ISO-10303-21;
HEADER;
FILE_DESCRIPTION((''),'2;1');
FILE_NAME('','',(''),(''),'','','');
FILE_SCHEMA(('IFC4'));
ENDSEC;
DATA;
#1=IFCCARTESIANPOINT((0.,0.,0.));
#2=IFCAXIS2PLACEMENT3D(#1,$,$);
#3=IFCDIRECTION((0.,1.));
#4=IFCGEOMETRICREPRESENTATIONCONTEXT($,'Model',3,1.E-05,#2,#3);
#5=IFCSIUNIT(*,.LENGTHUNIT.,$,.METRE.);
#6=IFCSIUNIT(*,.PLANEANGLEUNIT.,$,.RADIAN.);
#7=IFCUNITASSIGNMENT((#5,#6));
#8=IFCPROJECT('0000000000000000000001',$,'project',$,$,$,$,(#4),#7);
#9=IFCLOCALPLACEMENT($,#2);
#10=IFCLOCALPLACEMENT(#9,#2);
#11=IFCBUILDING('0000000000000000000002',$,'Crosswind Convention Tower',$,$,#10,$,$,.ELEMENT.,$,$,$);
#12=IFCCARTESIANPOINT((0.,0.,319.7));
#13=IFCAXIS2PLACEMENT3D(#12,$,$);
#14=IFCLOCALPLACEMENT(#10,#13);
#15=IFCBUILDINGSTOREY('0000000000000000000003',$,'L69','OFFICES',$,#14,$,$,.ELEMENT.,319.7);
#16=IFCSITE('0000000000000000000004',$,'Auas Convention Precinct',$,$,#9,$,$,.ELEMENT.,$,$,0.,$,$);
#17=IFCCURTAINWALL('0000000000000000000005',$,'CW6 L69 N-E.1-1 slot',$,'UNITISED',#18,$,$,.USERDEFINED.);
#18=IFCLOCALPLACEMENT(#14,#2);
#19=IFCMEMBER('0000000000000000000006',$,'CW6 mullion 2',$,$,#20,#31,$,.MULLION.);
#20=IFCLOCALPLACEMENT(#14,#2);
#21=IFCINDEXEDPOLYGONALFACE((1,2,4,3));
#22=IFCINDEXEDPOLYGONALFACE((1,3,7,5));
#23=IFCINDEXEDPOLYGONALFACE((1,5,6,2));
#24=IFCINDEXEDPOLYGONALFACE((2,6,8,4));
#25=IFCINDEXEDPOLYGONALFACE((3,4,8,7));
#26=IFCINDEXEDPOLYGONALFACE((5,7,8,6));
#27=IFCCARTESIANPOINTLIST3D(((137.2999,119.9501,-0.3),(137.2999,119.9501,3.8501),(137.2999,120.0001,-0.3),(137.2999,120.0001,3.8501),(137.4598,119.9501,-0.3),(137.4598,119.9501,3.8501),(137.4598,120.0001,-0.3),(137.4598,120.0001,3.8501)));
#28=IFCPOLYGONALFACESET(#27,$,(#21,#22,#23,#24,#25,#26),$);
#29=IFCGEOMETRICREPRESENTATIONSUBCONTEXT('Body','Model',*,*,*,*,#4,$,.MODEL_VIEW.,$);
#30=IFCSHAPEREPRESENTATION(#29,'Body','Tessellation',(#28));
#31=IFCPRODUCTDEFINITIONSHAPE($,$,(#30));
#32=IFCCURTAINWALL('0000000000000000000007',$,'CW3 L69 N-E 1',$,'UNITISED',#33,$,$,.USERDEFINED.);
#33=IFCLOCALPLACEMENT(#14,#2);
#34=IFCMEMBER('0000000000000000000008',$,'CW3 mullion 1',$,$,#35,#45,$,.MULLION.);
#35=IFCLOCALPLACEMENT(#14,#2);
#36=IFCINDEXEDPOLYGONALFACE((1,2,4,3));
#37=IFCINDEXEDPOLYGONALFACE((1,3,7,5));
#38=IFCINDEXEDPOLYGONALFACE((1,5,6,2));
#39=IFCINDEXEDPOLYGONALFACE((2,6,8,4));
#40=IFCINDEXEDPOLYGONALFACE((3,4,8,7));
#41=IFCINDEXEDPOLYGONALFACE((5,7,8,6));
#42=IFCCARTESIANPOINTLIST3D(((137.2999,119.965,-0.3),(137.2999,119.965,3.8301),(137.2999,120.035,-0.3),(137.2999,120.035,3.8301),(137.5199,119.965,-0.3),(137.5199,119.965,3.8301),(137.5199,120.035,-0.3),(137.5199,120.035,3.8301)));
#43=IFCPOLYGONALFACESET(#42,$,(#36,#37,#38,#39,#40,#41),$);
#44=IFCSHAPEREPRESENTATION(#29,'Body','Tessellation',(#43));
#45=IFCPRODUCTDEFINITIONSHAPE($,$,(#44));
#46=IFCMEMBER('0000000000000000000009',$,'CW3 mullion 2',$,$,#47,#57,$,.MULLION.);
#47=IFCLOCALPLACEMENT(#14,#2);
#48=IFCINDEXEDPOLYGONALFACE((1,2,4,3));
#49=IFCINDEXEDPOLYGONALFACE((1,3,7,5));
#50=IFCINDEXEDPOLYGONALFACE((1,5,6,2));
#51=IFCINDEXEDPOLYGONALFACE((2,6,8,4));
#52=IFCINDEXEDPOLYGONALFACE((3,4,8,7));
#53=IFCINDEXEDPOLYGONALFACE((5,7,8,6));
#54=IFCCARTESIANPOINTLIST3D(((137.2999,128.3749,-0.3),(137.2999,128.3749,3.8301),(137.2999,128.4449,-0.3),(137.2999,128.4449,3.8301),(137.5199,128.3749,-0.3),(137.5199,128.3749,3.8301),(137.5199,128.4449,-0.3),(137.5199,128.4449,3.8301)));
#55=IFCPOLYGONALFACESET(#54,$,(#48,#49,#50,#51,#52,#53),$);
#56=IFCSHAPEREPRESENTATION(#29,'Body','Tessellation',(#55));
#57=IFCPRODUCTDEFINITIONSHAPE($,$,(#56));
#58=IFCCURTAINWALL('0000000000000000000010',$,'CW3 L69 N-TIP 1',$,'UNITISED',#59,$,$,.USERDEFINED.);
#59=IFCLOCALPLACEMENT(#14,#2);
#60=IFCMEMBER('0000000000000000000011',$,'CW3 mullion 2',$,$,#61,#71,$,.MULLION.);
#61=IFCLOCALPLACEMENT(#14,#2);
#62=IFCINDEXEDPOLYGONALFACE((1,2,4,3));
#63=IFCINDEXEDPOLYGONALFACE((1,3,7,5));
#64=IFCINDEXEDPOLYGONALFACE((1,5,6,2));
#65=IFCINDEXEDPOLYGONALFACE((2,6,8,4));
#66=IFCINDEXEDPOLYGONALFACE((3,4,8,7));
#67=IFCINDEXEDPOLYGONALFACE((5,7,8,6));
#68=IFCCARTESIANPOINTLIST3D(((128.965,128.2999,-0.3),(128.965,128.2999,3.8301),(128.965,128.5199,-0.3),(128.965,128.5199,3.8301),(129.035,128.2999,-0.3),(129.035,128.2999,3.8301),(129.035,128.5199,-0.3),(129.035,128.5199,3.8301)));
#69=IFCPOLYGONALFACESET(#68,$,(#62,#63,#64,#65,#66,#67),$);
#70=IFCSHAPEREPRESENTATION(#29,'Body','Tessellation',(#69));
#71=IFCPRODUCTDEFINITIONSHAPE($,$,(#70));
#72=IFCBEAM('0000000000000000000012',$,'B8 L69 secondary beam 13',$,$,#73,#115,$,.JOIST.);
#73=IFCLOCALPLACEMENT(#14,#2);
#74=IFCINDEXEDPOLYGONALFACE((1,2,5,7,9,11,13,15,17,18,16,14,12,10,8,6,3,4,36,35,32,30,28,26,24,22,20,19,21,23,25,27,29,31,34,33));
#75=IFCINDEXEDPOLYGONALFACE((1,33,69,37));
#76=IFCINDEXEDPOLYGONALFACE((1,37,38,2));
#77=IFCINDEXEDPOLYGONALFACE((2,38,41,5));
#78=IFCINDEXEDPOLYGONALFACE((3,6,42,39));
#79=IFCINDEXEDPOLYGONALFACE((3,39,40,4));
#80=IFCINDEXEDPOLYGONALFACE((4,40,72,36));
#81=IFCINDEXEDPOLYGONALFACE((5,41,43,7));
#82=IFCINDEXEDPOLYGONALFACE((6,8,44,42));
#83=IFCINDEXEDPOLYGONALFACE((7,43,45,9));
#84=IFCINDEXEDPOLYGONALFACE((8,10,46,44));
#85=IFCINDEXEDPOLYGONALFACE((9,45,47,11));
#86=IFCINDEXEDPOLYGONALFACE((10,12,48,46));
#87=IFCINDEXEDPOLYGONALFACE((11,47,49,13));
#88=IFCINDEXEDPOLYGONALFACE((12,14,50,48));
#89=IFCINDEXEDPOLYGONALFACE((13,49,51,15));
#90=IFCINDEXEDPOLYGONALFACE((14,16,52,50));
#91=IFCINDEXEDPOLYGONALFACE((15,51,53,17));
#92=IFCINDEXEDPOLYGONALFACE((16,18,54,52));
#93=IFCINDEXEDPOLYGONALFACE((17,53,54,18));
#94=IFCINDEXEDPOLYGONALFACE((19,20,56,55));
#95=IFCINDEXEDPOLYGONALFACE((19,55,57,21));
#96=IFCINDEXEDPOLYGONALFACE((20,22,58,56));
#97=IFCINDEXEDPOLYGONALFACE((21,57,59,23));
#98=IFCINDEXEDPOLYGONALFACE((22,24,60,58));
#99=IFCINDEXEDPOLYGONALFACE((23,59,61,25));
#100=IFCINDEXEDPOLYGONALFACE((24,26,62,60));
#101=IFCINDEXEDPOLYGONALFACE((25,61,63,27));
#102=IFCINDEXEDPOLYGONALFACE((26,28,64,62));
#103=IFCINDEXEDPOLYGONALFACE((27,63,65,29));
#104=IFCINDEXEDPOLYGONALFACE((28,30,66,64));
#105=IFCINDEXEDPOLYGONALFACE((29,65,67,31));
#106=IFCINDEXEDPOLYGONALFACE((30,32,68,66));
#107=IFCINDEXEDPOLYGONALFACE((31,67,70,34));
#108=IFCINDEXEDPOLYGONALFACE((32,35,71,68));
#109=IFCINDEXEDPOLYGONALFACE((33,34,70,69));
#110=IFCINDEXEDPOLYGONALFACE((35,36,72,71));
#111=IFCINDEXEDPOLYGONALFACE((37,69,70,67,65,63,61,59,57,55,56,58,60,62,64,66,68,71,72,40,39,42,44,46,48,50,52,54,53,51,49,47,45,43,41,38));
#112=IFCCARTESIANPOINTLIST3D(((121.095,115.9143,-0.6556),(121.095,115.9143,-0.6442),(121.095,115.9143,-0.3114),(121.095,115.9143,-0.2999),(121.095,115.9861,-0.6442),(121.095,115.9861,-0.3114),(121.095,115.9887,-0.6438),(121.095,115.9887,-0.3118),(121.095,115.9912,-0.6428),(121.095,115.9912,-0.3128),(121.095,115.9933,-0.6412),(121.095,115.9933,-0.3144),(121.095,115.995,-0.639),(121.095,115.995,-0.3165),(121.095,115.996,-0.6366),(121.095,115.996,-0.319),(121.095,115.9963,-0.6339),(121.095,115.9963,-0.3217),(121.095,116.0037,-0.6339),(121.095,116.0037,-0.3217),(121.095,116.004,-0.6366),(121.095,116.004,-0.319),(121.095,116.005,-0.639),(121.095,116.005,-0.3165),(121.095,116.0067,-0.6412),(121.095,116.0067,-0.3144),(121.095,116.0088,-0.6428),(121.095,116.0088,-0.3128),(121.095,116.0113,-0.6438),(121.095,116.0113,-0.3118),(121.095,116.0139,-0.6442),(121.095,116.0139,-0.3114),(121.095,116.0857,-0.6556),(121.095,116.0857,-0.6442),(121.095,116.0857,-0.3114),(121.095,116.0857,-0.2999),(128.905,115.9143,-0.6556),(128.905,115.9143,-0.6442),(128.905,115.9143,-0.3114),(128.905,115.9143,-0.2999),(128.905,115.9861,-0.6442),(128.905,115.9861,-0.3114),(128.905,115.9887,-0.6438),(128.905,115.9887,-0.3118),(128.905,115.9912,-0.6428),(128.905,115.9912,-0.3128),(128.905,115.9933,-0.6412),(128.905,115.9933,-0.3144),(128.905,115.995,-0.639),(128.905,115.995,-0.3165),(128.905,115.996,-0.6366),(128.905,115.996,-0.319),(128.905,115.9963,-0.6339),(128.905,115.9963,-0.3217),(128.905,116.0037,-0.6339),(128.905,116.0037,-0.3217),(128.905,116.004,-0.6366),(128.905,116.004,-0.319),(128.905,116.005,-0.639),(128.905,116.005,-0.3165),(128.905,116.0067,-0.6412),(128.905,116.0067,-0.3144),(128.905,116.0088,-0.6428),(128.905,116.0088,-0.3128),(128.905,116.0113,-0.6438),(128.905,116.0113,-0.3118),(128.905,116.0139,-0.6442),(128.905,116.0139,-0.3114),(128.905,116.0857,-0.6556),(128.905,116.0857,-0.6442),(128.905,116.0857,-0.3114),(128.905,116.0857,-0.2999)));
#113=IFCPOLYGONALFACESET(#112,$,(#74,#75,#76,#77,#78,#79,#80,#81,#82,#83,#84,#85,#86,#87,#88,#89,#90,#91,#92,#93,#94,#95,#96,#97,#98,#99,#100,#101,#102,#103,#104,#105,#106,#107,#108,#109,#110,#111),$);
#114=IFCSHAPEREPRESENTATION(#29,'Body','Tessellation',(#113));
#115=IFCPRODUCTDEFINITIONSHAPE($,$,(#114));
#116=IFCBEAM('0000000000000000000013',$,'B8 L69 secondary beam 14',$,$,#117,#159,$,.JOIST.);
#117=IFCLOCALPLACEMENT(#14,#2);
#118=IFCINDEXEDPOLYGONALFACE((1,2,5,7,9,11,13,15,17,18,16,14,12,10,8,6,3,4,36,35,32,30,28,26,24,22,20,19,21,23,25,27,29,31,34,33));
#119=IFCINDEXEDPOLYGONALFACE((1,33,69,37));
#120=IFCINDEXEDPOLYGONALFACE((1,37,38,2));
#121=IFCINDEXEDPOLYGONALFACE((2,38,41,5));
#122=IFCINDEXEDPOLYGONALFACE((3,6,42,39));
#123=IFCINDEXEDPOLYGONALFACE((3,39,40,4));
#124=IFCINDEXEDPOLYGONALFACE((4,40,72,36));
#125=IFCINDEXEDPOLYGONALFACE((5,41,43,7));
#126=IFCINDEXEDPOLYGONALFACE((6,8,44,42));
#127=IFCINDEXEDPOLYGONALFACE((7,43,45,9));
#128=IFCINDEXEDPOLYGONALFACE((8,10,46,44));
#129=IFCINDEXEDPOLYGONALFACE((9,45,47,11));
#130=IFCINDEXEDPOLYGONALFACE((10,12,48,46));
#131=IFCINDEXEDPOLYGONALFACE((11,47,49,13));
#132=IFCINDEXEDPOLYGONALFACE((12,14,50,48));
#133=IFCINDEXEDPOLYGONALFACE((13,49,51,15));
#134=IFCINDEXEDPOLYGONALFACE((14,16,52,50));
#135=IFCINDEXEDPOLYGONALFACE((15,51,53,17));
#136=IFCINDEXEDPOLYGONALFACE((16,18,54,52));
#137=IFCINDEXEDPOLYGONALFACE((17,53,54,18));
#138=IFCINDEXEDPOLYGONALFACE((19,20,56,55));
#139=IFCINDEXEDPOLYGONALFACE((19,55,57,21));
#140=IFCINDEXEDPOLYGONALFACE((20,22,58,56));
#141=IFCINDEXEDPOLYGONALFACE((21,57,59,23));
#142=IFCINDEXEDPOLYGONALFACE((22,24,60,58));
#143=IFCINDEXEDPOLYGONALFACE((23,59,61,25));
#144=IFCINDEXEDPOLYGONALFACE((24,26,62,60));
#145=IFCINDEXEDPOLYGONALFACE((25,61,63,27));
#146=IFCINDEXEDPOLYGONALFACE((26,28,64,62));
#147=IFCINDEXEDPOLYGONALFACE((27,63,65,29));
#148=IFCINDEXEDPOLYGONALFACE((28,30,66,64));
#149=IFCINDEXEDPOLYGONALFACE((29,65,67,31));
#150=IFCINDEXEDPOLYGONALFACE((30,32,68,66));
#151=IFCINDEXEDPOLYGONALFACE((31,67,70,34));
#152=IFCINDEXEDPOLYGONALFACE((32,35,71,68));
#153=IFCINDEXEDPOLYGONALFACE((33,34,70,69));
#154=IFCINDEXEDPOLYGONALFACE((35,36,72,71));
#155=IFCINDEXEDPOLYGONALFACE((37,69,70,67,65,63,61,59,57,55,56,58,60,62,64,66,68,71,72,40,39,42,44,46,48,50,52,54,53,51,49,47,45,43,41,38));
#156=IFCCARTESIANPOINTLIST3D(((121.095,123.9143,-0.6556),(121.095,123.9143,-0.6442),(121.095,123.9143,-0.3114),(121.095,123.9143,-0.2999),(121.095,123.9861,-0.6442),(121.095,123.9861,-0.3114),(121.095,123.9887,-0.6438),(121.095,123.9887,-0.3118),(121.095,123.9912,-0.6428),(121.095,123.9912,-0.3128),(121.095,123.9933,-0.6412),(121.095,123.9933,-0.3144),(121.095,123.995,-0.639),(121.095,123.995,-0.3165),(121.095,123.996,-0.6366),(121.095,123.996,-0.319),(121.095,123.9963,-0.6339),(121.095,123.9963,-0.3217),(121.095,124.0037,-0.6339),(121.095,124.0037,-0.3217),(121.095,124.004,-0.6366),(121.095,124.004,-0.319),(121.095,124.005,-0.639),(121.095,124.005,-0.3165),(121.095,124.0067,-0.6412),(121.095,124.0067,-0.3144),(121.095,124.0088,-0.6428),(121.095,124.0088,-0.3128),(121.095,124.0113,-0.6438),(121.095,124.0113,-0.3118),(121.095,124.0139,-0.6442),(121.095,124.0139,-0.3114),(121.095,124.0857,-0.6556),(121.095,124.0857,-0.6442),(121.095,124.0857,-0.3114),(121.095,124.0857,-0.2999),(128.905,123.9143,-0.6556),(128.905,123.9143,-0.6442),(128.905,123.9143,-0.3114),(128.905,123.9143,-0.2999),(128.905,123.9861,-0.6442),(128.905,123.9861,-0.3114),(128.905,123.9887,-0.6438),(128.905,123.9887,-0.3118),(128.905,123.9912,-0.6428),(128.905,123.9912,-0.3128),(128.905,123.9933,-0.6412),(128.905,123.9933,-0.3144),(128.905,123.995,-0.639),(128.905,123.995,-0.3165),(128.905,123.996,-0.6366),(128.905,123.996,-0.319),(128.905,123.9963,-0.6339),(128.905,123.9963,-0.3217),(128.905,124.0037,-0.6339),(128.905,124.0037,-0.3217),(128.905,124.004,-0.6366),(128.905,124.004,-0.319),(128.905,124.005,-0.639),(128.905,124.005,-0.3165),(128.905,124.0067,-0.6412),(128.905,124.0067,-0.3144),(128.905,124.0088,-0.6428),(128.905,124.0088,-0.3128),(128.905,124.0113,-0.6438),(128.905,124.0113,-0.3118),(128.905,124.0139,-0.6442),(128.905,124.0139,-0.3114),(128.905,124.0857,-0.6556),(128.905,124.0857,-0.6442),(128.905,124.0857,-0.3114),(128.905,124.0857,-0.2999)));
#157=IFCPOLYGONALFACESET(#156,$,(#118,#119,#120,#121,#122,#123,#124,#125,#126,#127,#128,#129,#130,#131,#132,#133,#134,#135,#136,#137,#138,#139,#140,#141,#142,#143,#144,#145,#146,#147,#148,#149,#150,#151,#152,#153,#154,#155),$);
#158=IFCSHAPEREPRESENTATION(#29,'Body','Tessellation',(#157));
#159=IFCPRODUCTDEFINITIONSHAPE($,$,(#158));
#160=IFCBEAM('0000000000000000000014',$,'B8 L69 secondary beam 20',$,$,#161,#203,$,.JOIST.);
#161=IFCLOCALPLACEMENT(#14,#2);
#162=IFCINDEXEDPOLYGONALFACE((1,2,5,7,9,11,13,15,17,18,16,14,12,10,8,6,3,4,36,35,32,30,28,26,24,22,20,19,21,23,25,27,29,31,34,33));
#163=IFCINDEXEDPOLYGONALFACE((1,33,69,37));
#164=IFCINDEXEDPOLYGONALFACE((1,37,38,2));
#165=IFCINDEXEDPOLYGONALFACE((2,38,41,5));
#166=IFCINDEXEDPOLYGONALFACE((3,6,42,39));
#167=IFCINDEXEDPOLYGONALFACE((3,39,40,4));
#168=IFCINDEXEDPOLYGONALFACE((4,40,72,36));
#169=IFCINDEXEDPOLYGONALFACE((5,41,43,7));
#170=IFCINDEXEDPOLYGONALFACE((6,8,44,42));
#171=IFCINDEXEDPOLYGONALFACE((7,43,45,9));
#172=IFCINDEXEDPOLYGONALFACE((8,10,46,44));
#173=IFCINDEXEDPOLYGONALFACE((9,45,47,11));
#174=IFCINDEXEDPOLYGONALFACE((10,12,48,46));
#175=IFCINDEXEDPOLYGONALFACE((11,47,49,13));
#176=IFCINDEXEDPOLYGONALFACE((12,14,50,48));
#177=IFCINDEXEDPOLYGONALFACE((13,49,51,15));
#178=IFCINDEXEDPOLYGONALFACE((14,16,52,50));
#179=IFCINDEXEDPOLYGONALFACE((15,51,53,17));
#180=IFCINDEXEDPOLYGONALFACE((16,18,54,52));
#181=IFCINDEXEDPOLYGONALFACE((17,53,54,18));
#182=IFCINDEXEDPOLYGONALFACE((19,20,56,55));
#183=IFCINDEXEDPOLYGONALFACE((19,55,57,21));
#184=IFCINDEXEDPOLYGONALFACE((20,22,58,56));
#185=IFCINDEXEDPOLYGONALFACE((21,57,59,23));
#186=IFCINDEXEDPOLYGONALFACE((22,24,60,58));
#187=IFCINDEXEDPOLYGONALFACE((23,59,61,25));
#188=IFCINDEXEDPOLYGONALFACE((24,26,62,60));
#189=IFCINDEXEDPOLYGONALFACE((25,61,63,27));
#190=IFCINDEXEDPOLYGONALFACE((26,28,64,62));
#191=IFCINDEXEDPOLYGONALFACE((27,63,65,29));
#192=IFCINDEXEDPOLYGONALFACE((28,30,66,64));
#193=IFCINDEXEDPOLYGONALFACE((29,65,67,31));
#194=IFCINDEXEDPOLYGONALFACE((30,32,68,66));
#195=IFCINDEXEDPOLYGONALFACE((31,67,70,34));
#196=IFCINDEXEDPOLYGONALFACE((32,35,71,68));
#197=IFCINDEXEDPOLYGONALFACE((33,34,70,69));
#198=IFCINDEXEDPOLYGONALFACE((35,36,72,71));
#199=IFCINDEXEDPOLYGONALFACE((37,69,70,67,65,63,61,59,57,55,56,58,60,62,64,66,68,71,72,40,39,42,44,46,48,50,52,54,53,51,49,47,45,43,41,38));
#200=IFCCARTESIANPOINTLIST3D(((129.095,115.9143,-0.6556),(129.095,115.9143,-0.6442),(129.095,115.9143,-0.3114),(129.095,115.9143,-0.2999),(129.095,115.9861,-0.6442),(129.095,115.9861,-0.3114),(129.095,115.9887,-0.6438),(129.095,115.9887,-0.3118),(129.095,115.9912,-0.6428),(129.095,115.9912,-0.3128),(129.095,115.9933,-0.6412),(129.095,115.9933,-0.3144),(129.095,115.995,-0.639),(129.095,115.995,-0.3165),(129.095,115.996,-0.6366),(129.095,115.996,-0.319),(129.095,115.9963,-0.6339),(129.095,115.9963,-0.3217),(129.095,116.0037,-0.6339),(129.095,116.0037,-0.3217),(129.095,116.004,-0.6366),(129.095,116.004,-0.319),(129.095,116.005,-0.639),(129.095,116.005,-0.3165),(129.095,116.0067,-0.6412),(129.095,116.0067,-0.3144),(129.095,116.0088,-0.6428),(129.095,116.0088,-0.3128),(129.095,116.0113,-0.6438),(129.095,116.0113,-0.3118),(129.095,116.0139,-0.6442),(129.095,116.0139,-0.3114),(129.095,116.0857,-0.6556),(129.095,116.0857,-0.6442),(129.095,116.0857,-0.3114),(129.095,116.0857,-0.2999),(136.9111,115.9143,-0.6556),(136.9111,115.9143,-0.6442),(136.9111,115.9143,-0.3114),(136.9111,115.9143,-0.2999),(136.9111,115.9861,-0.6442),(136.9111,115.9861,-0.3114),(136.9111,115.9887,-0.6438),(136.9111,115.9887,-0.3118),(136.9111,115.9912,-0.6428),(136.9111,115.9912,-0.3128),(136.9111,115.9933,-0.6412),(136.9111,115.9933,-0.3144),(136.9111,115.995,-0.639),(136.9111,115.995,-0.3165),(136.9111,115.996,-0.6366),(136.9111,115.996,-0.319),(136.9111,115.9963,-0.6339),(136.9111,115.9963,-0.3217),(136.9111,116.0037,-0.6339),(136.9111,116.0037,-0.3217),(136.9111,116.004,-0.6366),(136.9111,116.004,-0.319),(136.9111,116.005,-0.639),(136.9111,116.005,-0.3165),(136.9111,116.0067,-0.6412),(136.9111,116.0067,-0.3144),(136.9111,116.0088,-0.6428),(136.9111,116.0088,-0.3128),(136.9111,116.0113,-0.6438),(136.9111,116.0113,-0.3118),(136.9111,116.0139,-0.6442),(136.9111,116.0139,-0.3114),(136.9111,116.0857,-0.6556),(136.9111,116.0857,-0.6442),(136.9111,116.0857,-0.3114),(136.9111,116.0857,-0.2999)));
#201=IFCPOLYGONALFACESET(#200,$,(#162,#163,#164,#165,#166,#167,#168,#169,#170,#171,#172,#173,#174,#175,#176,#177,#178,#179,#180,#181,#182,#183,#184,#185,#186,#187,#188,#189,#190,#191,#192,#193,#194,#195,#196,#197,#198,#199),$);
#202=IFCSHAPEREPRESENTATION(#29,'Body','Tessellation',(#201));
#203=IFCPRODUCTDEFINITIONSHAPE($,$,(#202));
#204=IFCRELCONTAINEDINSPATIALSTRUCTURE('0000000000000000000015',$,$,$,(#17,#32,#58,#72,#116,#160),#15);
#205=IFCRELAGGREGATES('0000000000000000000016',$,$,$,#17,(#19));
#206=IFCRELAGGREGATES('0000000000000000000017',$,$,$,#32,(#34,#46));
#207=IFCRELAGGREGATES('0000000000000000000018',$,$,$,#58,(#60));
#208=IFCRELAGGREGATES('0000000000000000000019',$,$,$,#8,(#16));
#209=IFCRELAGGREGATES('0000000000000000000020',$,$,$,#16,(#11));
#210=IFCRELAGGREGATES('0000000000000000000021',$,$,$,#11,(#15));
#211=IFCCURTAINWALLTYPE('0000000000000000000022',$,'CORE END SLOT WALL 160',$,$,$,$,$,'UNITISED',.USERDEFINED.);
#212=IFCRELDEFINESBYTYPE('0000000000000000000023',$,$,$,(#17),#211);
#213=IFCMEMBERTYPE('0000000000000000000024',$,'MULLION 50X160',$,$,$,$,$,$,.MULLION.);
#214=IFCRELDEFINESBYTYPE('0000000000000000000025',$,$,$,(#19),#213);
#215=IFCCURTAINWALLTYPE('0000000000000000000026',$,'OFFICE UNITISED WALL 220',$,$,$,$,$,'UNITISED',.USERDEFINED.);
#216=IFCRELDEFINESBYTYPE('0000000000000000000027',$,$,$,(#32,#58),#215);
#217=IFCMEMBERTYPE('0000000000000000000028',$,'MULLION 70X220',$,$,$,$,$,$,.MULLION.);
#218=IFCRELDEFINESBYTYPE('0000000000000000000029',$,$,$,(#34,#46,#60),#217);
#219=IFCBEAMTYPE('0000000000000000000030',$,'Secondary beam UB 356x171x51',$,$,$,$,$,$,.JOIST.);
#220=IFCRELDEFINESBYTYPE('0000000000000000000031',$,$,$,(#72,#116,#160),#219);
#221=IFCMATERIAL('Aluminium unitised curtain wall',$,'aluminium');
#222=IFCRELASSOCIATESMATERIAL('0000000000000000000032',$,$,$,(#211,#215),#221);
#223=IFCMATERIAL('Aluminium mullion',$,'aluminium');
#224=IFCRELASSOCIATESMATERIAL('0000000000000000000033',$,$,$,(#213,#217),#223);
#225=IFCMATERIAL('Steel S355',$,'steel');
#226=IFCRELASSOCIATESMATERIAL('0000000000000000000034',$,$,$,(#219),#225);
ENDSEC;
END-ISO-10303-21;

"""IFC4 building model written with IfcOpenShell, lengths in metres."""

from ifc_helpers import new_model, si_unit, direction, frame, origin, origin_2d, place, context, subcontext, project, spatial, rectangle, i_section, extrude, material, material_profile, profile_set, type_object, element, aggregate, save


model = new_model("IFC4")

# Units and contexts
model_context = context("Model", 3, precision=1e-05, world=origin(), true_north=direction((0.0, 1.0)))
body_context = subcontext(model_context, "Body", "Model", "MODEL_VIEW")
ifc_project = project(units=[si_unit("LENGTHUNIT", "METRE"), si_unit("PLANEANGLEUNIT", "RADIAN")], contexts=[model_context])

# Site, building, storey
site_placement = place(None, origin())
site = spatial("IfcSite", under=ifc_project, at=site_placement, Name="Auas Convention Precinct", CompositionType="ELEMENT", RefElevation=0.0)
building_placement = place(site_placement, origin())
building = spatial("IfcBuilding", under=site, at=building_placement, Name="Crosswind Convention Tower", CompositionType="ELEMENT")
storey_placement = place(building_placement, frame((0.0, 0.0, 319.7)))
storey = spatial("IfcBuildingStorey", under=building, at=storey_placement, Name="L69", Description="OFFICES", CompositionType="ELEMENT", Elevation=319.7)

# Shared definitions
ifc_material_1 = material(Name="Steel S355", Category="steel")

# Curtain walls, members
ifc_material_2 = material(Name="Aluminium unitised curtain wall", Category="aluminium")
curtain_wall_type_1 = type_object("IfcCurtainWallType", Name="CORE END SLOT WALL 160", ElementType="UNITISED", PredefinedType="USERDEFINED", material=ifc_material_2)
curtain_wall_1_placement = place(storey_placement, origin())
curtain_wall_1 = element("IfcCurtainWall", 1, at=curtain_wall_1_placement, inside=storey, type_object=curtain_wall_type_1, Name="CW6 L69 N-E.1-1 slot", ObjectType="UNITISED", PredefinedType="USERDEFINED")
ifc_material_3 = material(Name="Aluminium mullion", Category="aluminium")
ifc_material_profile_1 = material_profile(ifc_material_3, rectangle(XDim=0.1599, YDim=0.05, at=origin_2d()), Name="AL 160X50")
ifc_profile_set_1 = profile_set([ifc_material_profile_1], Name="Aluminium mullion")
member_type_1 = type_object("IfcMemberType", Name="MULLION 50X160", PredefinedType="MULLION", material=ifc_profile_set_1)
member_1_placement = place(storey_placement, frame((137.3799, 119.9751, -0.3), z_axis=(0.0, 0.0, 1.0), x_axis=(1.0, 0.0, 0.0)))
member_1 = element("IfcMember", 2, at=member_1_placement, type_object=member_type_1, Name="CW6 mullion 2", PredefinedType="MULLION", context=body_context, shape_type="SweptSolid", body=[
    extrude(rectangle(XDim=0.1599, YDim=0.05, at=origin_2d()), origin(), (0.0, 0.0, 1.0), 4.1501),
])
curtain_wall_type_2 = type_object("IfcCurtainWallType", Name="OFFICE UNITISED WALL 220", ElementType="UNITISED", PredefinedType="USERDEFINED", material=ifc_material_2)
curtain_wall_2_placement = place(storey_placement, origin())
curtain_wall_2 = element("IfcCurtainWall", 3, at=curtain_wall_2_placement, inside=storey, type_object=curtain_wall_type_2, Name="CW3 L69 N-E 1", ObjectType="UNITISED", PredefinedType="USERDEFINED")
ifc_material_profile_2 = material_profile(ifc_material_3, rectangle(XDim=0.22, YDim=0.0701, at=origin_2d()), Name="AL 220X70")
ifc_profile_set_2 = profile_set([ifc_material_profile_2], Name="Aluminium mullion")
member_type_2 = type_object("IfcMemberType", Name="MULLION 70X220", PredefinedType="MULLION", material=ifc_profile_set_2)
member_2_placement = place(storey_placement, frame((137.4099, 120.0, -0.3), z_axis=(0.0, 0.0, 1.0), x_axis=(1.0, 0.0, 0.0)))
member_2 = element("IfcMember", 4, at=member_2_placement, type_object=member_type_2, Name="CW3 mullion 1", PredefinedType="MULLION", context=body_context, shape_type="SweptSolid", body=[
    extrude(rectangle(XDim=0.22, YDim=0.0701, at=origin_2d()), origin(), (0.0, 0.0, 1.0), 4.1301),
])
member_3_placement = place(storey_placement, frame((137.4099, 128.4099, -0.3), z_axis=(0.0, 0.0, 1.0), x_axis=(1.0, 0.0, 0.0)))
member_3 = element("IfcMember", 5, at=member_3_placement, type_object=member_type_2, Name="CW3 mullion 2", PredefinedType="MULLION", context=body_context, shape_type="SweptSolid", body=[
    extrude(rectangle(XDim=0.22, YDim=0.0701, at=origin_2d()), origin(), (0.0, 0.0, 1.0), 4.1301),
])

# Curtain wall, member
curtain_wall_3_placement = place(storey_placement, origin())
curtain_wall_3 = element("IfcCurtainWall", 6, at=curtain_wall_3_placement, inside=storey, type_object=curtain_wall_type_2, Name="CW3 L69 N-TIP 1", ObjectType="UNITISED", PredefinedType="USERDEFINED")
member_4_placement = place(storey_placement, frame((129.0, 128.4099, -0.3), z_axis=(0.0, 0.0, 1.0), x_axis=(0.0, 1.0, 0.0)))
member_4 = element("IfcMember", 7, at=member_4_placement, type_object=member_type_2, Name="CW3 mullion 2", PredefinedType="MULLION", context=body_context, shape_type="SweptSolid", body=[
    extrude(rectangle(XDim=0.22, YDim=0.0701, at=origin_2d()), origin(), (0.0, 0.0, 1.0), 4.1301),
])

# Beams
ifc_material_profile_3 = material_profile(ifc_material_1, i_section(OverallWidth=0.1714, OverallDepth=0.3557, WebThickness=0.0073, FlangeThickness=0.0115, FilletRadius=0.0103, at=origin_2d()), Name="UB 356x171x51")
ifc_profile_set_3 = profile_set([ifc_material_profile_3], Name="Steel S355")
beam_type_1 = type_object("IfcBeamType", Name="Secondary beam UB 356x171x51", PredefinedType="JOIST", material=ifc_profile_set_3)
for number, where, z_axis, x_axis, name in (
    (8, (121.095, 116.0, -0.4778), (1.0, 0.0, 0.0), (0.0, 1.0, 0.0), "B8 L69 secondary beam 13"),
    (9, (121.095, 124.0, -0.4778), (1.0, 0.0, 0.0), (0.0, 1.0, 0.0), "B8 L69 secondary beam 14"),
):
    element("IfcBeam", number, at=place(storey_placement, frame(where, z_axis=z_axis, x_axis=x_axis)), inside=storey, type_object=beam_type_1, Name=name, PredefinedType="JOIST", context=body_context, shape_type="SweptSolid", body=[
        extrude(i_section(OverallWidth=0.1714, OverallDepth=0.3557, WebThickness=0.0073, FlangeThickness=0.0115, FilletRadius=0.0103, at=origin_2d()), origin(), (0.0, 0.0, 1.0), 7.8101),
    ])
for number, where, z_axis, x_axis, name in (
    (10, (129.095, 116.0, -0.4778), (1.0, 0.0, 0.0), (0.0, 1.0, 0.0), "B8 L69 secondary beam 20"),
):
    element("IfcBeam", number, at=place(storey_placement, frame(where, z_axis=z_axis, x_axis=x_axis)), inside=storey, type_object=beam_type_1, Name=name, PredefinedType="JOIST", context=body_context, shape_type="SweptSolid", body=[
        extrude(i_section(OverallWidth=0.1714, OverallDepth=0.3557, WebThickness=0.0073, FlangeThickness=0.0115, FilletRadius=0.0103, at=origin_2d()), origin(), (0.0, 0.0, 1.0), 7.8162),
    ])

aggregate(curtain_wall_1, [member_1])

aggregate(curtain_wall_2, [member_2, member_3])
aggregate(curtain_wall_3, [member_4])

save(model, "model.ifc")
